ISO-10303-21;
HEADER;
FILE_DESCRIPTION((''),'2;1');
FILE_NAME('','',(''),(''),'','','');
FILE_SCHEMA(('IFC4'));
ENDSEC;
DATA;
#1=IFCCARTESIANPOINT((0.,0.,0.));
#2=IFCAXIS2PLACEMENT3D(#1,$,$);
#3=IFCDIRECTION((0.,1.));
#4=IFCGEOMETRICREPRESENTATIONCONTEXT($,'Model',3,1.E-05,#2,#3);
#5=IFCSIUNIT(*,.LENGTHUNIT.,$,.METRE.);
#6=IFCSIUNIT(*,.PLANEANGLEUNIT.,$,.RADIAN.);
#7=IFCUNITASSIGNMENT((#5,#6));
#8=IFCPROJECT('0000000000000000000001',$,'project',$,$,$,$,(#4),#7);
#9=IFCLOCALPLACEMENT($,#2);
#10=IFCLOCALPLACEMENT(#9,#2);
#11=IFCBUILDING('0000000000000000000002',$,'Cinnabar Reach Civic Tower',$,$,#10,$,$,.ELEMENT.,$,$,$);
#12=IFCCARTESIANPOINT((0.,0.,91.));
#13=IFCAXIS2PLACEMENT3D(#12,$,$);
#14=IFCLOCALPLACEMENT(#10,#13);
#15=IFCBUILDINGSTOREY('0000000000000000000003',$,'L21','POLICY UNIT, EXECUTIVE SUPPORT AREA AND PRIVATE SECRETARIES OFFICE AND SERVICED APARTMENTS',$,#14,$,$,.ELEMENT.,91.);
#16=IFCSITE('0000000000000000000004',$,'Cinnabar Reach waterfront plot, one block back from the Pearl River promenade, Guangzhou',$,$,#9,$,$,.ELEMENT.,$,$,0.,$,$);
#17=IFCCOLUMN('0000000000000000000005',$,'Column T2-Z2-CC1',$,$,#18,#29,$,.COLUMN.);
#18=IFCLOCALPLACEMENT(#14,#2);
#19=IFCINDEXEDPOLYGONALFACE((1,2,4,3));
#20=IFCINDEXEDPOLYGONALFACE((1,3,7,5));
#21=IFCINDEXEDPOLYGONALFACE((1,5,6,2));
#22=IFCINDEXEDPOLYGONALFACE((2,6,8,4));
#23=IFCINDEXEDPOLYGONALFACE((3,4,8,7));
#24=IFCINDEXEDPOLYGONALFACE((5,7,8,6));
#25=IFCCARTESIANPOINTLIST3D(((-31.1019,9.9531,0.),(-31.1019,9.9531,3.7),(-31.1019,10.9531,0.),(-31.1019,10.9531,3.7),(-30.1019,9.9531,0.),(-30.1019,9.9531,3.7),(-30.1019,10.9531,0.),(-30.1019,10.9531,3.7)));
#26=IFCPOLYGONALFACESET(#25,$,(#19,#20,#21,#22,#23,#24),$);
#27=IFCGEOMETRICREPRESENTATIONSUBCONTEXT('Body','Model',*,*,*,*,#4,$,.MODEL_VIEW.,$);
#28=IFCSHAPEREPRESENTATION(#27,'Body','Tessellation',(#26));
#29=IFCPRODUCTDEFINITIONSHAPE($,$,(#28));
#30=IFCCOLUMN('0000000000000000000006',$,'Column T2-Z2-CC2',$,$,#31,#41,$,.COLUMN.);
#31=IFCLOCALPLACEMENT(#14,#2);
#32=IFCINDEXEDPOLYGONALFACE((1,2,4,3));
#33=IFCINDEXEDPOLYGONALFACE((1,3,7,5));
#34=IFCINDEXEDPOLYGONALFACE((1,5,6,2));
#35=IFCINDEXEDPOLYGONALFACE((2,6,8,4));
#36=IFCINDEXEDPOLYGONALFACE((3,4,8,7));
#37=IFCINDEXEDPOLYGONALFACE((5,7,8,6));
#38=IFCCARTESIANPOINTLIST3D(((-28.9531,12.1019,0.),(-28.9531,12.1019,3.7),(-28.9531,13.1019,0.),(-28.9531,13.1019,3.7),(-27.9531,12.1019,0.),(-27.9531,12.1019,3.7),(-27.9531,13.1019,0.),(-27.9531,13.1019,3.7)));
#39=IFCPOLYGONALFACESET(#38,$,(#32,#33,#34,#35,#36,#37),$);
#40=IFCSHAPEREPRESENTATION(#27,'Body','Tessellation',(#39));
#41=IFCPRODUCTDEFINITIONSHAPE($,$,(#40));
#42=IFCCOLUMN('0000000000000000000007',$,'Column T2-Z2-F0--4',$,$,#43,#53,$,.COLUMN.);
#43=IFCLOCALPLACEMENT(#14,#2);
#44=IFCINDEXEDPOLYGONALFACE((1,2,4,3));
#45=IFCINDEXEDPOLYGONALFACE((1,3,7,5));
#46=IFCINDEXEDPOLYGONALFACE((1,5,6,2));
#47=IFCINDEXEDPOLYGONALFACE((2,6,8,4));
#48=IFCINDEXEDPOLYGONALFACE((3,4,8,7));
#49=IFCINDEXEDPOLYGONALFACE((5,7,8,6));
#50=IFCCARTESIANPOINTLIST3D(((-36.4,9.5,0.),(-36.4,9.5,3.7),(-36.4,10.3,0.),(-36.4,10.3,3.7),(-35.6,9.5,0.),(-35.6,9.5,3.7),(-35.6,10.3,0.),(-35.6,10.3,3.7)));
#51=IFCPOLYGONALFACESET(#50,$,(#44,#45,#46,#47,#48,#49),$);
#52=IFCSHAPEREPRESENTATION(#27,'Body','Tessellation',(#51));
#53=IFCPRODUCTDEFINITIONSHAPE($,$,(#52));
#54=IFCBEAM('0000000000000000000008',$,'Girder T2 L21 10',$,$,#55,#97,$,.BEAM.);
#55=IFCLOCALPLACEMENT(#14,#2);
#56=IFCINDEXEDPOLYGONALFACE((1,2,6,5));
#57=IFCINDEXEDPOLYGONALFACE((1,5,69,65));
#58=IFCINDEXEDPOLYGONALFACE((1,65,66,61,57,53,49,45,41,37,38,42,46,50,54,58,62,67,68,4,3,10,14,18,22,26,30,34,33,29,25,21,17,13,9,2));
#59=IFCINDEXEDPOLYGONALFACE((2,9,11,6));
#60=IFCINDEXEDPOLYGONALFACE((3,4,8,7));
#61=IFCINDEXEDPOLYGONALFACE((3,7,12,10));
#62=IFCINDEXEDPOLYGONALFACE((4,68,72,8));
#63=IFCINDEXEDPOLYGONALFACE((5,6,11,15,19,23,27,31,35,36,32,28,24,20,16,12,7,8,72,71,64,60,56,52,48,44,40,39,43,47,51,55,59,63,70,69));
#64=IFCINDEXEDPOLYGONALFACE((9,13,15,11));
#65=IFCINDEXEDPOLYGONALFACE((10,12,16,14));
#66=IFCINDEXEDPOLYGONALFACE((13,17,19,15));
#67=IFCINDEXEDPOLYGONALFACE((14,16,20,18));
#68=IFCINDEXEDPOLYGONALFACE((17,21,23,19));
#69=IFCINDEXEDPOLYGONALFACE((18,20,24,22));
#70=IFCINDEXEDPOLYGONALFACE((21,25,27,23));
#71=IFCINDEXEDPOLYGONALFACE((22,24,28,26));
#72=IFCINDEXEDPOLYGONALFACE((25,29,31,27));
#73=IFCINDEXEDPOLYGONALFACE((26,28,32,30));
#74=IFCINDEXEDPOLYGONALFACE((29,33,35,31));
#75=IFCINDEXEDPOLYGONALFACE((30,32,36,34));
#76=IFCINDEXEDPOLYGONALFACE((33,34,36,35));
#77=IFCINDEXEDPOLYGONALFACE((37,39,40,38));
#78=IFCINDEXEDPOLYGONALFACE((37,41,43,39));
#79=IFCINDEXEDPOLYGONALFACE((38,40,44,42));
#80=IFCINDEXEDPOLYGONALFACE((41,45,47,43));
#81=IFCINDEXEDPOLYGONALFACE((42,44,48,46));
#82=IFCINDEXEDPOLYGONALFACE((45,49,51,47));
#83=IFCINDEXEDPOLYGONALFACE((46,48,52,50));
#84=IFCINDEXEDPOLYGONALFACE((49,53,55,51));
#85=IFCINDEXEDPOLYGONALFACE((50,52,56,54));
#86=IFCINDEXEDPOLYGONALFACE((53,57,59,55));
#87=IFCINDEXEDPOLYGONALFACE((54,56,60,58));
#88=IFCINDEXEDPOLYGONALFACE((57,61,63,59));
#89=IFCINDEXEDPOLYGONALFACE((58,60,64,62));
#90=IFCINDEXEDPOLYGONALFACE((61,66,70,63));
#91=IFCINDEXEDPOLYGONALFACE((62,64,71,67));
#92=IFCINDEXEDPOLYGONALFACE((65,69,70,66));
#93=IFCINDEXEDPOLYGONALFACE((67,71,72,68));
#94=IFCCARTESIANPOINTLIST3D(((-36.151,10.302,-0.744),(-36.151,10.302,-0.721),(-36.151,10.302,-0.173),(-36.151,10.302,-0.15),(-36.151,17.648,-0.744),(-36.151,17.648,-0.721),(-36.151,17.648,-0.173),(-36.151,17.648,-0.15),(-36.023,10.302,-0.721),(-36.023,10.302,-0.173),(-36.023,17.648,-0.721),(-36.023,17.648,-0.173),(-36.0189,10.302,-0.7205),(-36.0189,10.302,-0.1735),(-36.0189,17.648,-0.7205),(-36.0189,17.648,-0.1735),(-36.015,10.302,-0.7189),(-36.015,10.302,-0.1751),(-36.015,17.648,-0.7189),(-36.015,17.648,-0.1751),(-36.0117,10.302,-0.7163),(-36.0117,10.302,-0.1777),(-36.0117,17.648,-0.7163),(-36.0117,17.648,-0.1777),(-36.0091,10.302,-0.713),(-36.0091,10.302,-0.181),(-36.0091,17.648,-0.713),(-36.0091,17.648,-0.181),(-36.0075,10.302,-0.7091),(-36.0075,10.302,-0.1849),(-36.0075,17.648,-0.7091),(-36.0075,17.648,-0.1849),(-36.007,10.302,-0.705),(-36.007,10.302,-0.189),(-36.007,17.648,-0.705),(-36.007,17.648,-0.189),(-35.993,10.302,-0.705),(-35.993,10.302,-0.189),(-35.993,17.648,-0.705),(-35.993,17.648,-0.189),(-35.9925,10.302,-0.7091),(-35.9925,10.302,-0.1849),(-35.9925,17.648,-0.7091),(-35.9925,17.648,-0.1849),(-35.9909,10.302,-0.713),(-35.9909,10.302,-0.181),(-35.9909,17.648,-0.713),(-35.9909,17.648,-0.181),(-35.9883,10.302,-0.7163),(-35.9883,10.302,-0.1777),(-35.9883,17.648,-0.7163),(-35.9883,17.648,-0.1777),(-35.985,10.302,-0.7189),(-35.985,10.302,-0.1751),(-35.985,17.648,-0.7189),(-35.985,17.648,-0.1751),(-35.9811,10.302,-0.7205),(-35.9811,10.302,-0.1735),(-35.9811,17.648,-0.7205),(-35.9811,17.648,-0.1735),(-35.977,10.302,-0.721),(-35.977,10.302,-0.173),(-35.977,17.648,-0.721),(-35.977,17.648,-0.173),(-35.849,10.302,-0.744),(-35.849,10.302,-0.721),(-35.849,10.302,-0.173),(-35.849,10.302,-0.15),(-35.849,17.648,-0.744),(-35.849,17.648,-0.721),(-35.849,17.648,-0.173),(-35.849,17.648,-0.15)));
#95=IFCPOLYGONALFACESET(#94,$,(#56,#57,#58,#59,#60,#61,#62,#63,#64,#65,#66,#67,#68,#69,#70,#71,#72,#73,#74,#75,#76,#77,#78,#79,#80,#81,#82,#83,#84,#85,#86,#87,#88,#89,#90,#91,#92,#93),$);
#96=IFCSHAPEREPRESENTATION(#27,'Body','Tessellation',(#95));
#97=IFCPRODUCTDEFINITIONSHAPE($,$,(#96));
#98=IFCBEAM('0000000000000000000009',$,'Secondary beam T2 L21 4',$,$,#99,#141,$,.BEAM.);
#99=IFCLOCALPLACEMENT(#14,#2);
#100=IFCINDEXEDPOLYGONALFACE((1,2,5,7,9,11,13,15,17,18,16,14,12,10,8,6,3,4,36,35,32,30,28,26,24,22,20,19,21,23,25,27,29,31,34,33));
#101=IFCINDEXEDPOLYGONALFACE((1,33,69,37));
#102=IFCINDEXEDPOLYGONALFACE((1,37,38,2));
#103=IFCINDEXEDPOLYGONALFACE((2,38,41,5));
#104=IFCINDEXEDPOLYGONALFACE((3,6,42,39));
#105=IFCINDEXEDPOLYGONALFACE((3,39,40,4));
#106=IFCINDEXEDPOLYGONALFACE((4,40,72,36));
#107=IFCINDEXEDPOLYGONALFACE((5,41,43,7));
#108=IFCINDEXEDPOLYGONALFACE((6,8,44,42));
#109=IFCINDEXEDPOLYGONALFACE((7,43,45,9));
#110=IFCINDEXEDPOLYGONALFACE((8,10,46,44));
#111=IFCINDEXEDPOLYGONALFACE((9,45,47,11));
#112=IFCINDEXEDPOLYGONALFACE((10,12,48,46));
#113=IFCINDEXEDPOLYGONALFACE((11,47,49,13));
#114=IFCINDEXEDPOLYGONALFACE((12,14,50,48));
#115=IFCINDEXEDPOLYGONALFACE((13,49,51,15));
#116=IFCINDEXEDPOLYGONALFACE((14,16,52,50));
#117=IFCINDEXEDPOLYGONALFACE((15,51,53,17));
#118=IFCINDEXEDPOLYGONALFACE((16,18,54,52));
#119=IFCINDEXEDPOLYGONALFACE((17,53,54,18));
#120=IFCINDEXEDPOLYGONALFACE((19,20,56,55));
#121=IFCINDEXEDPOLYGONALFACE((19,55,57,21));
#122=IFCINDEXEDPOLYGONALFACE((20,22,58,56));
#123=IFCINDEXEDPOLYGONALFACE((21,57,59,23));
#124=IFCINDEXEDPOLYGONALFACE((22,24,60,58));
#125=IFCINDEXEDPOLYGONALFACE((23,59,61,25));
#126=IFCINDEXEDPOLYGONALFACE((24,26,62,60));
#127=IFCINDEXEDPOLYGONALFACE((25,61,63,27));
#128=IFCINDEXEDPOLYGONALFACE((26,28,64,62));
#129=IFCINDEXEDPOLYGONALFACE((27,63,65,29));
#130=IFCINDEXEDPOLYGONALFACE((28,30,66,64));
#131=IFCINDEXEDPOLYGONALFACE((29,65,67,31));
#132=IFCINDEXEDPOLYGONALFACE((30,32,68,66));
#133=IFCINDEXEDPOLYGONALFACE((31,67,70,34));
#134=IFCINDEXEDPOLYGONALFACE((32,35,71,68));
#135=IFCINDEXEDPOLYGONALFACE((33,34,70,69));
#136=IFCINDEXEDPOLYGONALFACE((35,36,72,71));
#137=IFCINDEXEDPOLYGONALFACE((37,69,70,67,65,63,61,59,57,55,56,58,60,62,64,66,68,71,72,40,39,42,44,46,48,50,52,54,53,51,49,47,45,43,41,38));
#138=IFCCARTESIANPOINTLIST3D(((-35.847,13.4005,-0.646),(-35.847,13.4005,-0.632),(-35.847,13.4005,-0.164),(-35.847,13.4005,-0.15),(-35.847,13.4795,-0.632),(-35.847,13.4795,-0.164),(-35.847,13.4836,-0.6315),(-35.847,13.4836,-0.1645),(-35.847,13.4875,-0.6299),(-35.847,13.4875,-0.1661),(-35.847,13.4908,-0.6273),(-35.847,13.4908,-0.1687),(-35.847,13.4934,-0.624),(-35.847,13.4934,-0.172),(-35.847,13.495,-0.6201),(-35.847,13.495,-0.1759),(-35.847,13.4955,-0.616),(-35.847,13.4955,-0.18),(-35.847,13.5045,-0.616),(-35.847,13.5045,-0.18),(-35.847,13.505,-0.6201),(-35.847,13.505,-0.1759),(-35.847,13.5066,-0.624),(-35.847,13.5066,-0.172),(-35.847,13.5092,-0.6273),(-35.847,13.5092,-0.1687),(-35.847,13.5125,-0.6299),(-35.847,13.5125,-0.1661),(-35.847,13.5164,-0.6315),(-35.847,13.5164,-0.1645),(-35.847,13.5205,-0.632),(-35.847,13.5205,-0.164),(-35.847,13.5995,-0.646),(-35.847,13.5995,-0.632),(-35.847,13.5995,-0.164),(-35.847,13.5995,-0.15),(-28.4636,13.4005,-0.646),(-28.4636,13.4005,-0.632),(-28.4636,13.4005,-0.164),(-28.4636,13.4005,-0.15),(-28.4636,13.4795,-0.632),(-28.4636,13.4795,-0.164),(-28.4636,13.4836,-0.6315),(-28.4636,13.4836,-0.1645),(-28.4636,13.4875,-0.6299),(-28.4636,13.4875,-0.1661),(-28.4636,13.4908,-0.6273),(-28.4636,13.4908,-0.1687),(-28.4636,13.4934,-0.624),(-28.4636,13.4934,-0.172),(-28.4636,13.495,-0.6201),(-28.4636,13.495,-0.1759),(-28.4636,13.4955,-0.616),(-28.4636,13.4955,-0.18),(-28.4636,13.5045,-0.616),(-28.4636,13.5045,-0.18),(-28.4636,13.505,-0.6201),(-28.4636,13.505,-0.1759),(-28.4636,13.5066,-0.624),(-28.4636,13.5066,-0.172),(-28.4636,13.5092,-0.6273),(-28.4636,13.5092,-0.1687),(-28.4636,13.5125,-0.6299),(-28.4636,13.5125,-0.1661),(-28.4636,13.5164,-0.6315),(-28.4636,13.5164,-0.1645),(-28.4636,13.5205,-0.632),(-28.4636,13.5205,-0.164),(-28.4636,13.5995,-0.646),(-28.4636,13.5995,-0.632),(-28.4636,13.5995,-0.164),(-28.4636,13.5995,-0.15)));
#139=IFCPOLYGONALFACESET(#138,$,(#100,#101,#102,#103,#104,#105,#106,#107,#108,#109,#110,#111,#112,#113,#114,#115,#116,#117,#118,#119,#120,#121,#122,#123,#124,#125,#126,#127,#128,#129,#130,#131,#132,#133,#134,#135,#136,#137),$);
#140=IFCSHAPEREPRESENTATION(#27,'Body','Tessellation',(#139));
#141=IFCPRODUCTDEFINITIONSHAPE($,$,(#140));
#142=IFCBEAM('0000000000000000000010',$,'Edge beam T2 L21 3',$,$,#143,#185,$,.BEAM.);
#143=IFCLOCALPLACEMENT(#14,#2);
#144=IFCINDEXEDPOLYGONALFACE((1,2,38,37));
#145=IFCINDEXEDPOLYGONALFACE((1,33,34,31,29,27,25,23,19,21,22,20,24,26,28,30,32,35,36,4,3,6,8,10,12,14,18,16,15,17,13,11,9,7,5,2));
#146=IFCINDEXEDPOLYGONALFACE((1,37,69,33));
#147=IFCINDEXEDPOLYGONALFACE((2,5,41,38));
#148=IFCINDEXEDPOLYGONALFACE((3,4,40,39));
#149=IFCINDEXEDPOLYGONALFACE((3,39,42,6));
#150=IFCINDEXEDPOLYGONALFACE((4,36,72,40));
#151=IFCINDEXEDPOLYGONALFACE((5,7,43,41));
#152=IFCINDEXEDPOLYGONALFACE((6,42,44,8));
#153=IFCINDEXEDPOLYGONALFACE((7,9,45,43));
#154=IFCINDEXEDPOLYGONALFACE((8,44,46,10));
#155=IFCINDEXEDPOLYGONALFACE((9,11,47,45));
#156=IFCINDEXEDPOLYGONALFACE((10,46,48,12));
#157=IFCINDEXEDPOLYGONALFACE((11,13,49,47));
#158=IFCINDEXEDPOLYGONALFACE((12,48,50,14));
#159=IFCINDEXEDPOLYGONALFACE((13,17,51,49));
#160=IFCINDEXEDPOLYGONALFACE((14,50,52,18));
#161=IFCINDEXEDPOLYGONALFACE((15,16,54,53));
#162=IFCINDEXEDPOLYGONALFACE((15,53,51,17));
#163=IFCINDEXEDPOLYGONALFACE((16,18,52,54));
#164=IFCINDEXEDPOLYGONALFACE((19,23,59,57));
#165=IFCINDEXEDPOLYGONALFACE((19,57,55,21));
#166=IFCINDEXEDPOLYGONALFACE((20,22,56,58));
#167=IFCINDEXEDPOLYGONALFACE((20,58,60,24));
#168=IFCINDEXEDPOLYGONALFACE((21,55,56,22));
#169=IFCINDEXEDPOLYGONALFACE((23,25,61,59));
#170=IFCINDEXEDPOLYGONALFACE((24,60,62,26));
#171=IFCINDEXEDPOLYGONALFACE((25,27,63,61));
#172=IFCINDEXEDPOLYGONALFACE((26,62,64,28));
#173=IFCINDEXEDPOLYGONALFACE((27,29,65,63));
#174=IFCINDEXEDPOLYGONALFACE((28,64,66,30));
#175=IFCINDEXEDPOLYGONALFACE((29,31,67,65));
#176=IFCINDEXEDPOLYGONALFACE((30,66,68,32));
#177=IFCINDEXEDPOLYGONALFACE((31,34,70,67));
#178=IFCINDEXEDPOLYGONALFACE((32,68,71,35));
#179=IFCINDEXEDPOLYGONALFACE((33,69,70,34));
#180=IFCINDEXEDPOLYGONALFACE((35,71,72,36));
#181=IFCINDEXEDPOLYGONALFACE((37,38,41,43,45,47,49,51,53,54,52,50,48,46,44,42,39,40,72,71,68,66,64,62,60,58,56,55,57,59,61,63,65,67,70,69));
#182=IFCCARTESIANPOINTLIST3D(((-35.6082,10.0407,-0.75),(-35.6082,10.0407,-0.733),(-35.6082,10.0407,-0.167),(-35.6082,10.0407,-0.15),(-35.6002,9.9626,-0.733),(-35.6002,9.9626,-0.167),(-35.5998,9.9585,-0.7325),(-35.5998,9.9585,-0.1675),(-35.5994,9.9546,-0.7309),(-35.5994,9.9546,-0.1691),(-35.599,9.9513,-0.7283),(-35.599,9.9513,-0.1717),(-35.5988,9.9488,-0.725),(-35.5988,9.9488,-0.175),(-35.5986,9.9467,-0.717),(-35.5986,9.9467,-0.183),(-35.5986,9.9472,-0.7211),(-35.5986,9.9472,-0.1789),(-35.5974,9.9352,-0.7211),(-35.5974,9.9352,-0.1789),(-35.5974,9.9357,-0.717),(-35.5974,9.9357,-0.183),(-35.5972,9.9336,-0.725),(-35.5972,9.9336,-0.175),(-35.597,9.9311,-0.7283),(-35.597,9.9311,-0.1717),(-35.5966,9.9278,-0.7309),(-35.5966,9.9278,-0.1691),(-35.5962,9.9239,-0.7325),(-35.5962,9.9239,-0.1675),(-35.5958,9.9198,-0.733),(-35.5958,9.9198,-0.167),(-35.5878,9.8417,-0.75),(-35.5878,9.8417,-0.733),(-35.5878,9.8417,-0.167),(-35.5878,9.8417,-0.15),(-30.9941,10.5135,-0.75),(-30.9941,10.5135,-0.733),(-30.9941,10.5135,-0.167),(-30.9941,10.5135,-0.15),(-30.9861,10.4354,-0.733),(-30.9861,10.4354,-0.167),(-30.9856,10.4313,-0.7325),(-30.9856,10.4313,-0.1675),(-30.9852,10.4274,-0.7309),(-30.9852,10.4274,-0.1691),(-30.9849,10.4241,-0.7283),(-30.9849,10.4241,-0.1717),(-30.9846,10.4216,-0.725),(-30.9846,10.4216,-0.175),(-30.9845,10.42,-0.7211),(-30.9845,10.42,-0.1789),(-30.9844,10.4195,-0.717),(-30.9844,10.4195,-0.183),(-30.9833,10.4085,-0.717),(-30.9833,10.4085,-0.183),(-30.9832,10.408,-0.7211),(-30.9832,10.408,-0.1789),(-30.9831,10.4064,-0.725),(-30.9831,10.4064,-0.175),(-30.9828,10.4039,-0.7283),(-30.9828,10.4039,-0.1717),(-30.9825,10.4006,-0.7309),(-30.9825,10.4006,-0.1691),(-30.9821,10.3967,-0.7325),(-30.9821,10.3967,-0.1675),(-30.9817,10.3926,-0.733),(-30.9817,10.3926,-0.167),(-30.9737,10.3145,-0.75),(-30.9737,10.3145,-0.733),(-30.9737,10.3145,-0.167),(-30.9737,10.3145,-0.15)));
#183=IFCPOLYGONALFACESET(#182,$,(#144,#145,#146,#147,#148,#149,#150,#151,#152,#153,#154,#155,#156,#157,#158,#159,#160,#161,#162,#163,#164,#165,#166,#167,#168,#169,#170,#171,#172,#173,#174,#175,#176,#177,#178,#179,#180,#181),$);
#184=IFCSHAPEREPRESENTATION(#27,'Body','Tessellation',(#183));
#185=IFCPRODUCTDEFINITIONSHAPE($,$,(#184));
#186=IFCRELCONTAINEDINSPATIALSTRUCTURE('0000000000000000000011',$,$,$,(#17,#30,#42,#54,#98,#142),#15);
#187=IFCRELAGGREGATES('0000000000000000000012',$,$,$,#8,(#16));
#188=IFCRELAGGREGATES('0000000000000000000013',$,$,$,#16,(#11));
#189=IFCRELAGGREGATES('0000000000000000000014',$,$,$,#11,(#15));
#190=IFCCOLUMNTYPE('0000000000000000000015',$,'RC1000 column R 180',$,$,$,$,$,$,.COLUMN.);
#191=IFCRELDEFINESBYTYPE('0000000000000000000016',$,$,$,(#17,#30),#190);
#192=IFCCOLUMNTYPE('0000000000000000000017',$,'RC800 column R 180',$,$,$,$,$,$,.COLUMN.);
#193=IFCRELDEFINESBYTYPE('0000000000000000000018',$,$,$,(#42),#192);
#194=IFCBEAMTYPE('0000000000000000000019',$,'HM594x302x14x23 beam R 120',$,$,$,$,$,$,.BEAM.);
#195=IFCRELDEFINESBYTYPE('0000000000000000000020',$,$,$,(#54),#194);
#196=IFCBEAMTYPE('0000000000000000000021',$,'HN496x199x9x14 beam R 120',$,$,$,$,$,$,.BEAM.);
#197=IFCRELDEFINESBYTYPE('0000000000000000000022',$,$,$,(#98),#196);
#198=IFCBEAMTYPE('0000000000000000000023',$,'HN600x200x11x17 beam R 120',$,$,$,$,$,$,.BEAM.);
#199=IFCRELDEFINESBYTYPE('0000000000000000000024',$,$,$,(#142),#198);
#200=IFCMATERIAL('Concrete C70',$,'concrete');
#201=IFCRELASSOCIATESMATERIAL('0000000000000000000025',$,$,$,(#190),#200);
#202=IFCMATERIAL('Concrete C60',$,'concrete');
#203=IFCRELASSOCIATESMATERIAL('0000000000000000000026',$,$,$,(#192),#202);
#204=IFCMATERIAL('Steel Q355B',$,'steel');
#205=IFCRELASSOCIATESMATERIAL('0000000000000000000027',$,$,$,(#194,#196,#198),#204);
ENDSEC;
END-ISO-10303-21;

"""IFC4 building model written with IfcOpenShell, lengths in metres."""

from ifc_helpers import new_model, si_unit, direction, frame, origin, origin_2d, place, context, subcontext, project, spatial, rectangle, i_section, extrude, material, material_profile, profile_set, type_object, element, save


model = new_model("IFC4")

# Units and contexts
model_context = context("Model", 3, precision=1e-05, world=origin(), true_north=direction((0.0, 1.0)))
body_context = subcontext(model_context, "Body", "Model", "MODEL_VIEW")
ifc_project = project(units=[si_unit("LENGTHUNIT", "METRE"), si_unit("PLANEANGLEUNIT", "RADIAN")], contexts=[model_context])

# Site, building, storey
site_placement = place(None, origin())
site = spatial("IfcSite", under=ifc_project, at=site_placement, Name="Cinnabar Reach waterfront plot, one block back from the Pearl River promenade, Guangzhou", CompositionType="ELEMENT", RefElevation=0.0)
building_placement = place(site_placement, origin())
building = spatial("IfcBuilding", under=site, at=building_placement, Name="Cinnabar Reach Civic Tower", CompositionType="ELEMENT")
storey_placement = place(building_placement, frame((0.0, 0.0, 91.0)))
storey = spatial("IfcBuildingStorey", under=building, at=storey_placement, Name="L21", Description="POLICY UNIT, EXECUTIVE SUPPORT AREA AND PRIVATE SECRETARIES OFFICE AND SERVICED APARTMENTS", CompositionType="ELEMENT", Elevation=91.0)

# Columns
ifc_material_1 = material(Name="Concrete C70", Category="concrete")
ifc_material_profile_1 = material_profile(ifc_material_1, rectangle(XDim=1.0, YDim=1.0, at=origin_2d()), Name="RC1000")
ifc_profile_set_1 = profile_set([ifc_material_profile_1], Name="Concrete C70")
column_type_1 = type_object("IfcColumnType", Name="RC1000 column R 180", PredefinedType="COLUMN", material=ifc_profile_set_1)
for number, where, z_axis, x_axis, name in (
    (1, (-30.6019, 10.4531, 0.0), (0.0, 0.0, 1.0), (1.0, 0.0, 0.0), "Column T2-Z2-CC1"),
    (2, (-28.4531, 12.6019, 0.0), (0.0, 0.0, 1.0), (1.0, 0.0, 0.0), "Column T2-Z2-CC2"),
):
    element("IfcColumn", number, at=place(storey_placement, frame(where, z_axis=z_axis, x_axis=x_axis)), inside=storey, type_object=column_type_1, Name=name, PredefinedType="COLUMN", context=body_context, shape_type="SweptSolid", body=[
        extrude(rectangle(XDim=1.0, YDim=1.0, at=origin_2d()), origin(), (0.0, 0.0, 1.0), 3.7),
    ])
ifc_material_2 = material(Name="Concrete C60", Category="concrete")
ifc_material_profile_2 = material_profile(ifc_material_2, rectangle(XDim=0.8, YDim=0.8, at=origin_2d()), Name="RC800")
ifc_profile_set_2 = profile_set([ifc_material_profile_2], Name="Concrete C60")
column_type_2 = type_object("IfcColumnType", Name="RC800 column R 180", PredefinedType="COLUMN", material=ifc_profile_set_2)
column_placement = place(storey_placement, frame((-36.0, 9.9, 0.0), z_axis=(0.0, 0.0, 1.0), x_axis=(1.0, 0.0, 0.0)))
element("IfcColumn", 3, at=column_placement, inside=storey, type_object=column_type_2, Name="Column T2-Z2-F0--4", PredefinedType="COLUMN", context=body_context, shape_type="SweptSolid", body=[
    extrude(rectangle(XDim=0.8, YDim=0.8, at=origin_2d()), origin(), (0.0, 0.0, 1.0), 3.7),
])

# Beams
ifc_material_3 = material(Name="Steel Q355B", Category="steel")
ifc_material_profile_3 = material_profile(ifc_material_3, i_section(OverallWidth=0.302, OverallDepth=0.594, WebThickness=0.014, FlangeThickness=0.023, FilletRadius=0.016, at=origin_2d()), Name="HM594x302x14x23")
ifc_profile_set_3 = profile_set([ifc_material_profile_3], Name="Steel Q355B")
beam_type_1 = type_object("IfcBeamType", Name="HM594x302x14x23 beam R 120", PredefinedType="BEAM", material=ifc_profile_set_3)
beam_1_placement = place(storey_placement, frame((-36.0, 10.302, -0.447), z_axis=(0.0, 1.0, 0.0), x_axis=(-1.0, 0.0, 0.0)))
element("IfcBeam", 4, at=beam_1_placement, inside=storey, type_object=beam_type_1, Name="Girder T2 L21 10", PredefinedType="BEAM", context=body_context, shape_type="SweptSolid", body=[
    extrude(i_section(OverallWidth=0.302, OverallDepth=0.594, WebThickness=0.014, FlangeThickness=0.023, FilletRadius=0.016, at=origin_2d()), origin(), (0.0, 0.0, 1.0), 7.346),
])
ifc_material_profile_4 = material_profile(ifc_material_3, i_section(OverallWidth=0.199, OverallDepth=0.496, WebThickness=0.009, FlangeThickness=0.014, FilletRadius=0.016, at=origin_2d()), Name="HN496x199x9x14")
ifc_profile_set_4 = profile_set([ifc_material_profile_4], Name="Steel Q355B")
beam_type_2 = type_object("IfcBeamType", Name="HN496x199x9x14 beam R 120", PredefinedType="BEAM", material=ifc_profile_set_4)
beam_2_placement = place(storey_placement, frame((-35.847, 13.5, -0.398), z_axis=(1.0, 0.0, 0.0), x_axis=(0.0, 1.0, 0.0)))
element("IfcBeam", 5, at=beam_2_placement, inside=storey, type_object=beam_type_2, Name="Secondary beam T2 L21 4", PredefinedType="BEAM", context=body_context, shape_type="SweptSolid", body=[
    extrude(i_section(OverallWidth=0.199, OverallDepth=0.496, WebThickness=0.009, FlangeThickness=0.014, FilletRadius=0.016, at=origin_2d()), origin(), (0.0, 0.0, 1.0), 7.3834),
])
ifc_material_profile_5 = material_profile(ifc_material_3, i_section(OverallWidth=0.2, OverallDepth=0.6, WebThickness=0.011, FlangeThickness=0.017, FilletRadius=0.016, at=origin_2d()), Name="HN600x200x11x17")
ifc_profile_set_5 = profile_set([ifc_material_profile_5], Name="Steel Q355B")
beam_type_3 = type_object("IfcBeamType", Name="HN600x200x11x17 beam R 120", PredefinedType="BEAM", material=ifc_profile_set_5)
beam_3_placement = place(storey_placement, frame((-35.598, 9.9412, -0.45), z_axis=(0.994791, 0.101935, 0.0), x_axis=(-0.101935, 0.994791, 0.0)))
element("IfcBeam", 6, at=beam_3_placement, inside=storey, type_object=beam_type_3, Name="Edge beam T2 L21 3", PredefinedType="BEAM", context=body_context, shape_type="SweptSolid", body=[
    extrude(i_section(OverallWidth=0.2, OverallDepth=0.6, WebThickness=0.011, FlangeThickness=0.017, FilletRadius=0.016, at=origin_2d()), origin(), (0.0, 0.0, 1.0), 4.6383),
])

save(model, "model.ifc")
